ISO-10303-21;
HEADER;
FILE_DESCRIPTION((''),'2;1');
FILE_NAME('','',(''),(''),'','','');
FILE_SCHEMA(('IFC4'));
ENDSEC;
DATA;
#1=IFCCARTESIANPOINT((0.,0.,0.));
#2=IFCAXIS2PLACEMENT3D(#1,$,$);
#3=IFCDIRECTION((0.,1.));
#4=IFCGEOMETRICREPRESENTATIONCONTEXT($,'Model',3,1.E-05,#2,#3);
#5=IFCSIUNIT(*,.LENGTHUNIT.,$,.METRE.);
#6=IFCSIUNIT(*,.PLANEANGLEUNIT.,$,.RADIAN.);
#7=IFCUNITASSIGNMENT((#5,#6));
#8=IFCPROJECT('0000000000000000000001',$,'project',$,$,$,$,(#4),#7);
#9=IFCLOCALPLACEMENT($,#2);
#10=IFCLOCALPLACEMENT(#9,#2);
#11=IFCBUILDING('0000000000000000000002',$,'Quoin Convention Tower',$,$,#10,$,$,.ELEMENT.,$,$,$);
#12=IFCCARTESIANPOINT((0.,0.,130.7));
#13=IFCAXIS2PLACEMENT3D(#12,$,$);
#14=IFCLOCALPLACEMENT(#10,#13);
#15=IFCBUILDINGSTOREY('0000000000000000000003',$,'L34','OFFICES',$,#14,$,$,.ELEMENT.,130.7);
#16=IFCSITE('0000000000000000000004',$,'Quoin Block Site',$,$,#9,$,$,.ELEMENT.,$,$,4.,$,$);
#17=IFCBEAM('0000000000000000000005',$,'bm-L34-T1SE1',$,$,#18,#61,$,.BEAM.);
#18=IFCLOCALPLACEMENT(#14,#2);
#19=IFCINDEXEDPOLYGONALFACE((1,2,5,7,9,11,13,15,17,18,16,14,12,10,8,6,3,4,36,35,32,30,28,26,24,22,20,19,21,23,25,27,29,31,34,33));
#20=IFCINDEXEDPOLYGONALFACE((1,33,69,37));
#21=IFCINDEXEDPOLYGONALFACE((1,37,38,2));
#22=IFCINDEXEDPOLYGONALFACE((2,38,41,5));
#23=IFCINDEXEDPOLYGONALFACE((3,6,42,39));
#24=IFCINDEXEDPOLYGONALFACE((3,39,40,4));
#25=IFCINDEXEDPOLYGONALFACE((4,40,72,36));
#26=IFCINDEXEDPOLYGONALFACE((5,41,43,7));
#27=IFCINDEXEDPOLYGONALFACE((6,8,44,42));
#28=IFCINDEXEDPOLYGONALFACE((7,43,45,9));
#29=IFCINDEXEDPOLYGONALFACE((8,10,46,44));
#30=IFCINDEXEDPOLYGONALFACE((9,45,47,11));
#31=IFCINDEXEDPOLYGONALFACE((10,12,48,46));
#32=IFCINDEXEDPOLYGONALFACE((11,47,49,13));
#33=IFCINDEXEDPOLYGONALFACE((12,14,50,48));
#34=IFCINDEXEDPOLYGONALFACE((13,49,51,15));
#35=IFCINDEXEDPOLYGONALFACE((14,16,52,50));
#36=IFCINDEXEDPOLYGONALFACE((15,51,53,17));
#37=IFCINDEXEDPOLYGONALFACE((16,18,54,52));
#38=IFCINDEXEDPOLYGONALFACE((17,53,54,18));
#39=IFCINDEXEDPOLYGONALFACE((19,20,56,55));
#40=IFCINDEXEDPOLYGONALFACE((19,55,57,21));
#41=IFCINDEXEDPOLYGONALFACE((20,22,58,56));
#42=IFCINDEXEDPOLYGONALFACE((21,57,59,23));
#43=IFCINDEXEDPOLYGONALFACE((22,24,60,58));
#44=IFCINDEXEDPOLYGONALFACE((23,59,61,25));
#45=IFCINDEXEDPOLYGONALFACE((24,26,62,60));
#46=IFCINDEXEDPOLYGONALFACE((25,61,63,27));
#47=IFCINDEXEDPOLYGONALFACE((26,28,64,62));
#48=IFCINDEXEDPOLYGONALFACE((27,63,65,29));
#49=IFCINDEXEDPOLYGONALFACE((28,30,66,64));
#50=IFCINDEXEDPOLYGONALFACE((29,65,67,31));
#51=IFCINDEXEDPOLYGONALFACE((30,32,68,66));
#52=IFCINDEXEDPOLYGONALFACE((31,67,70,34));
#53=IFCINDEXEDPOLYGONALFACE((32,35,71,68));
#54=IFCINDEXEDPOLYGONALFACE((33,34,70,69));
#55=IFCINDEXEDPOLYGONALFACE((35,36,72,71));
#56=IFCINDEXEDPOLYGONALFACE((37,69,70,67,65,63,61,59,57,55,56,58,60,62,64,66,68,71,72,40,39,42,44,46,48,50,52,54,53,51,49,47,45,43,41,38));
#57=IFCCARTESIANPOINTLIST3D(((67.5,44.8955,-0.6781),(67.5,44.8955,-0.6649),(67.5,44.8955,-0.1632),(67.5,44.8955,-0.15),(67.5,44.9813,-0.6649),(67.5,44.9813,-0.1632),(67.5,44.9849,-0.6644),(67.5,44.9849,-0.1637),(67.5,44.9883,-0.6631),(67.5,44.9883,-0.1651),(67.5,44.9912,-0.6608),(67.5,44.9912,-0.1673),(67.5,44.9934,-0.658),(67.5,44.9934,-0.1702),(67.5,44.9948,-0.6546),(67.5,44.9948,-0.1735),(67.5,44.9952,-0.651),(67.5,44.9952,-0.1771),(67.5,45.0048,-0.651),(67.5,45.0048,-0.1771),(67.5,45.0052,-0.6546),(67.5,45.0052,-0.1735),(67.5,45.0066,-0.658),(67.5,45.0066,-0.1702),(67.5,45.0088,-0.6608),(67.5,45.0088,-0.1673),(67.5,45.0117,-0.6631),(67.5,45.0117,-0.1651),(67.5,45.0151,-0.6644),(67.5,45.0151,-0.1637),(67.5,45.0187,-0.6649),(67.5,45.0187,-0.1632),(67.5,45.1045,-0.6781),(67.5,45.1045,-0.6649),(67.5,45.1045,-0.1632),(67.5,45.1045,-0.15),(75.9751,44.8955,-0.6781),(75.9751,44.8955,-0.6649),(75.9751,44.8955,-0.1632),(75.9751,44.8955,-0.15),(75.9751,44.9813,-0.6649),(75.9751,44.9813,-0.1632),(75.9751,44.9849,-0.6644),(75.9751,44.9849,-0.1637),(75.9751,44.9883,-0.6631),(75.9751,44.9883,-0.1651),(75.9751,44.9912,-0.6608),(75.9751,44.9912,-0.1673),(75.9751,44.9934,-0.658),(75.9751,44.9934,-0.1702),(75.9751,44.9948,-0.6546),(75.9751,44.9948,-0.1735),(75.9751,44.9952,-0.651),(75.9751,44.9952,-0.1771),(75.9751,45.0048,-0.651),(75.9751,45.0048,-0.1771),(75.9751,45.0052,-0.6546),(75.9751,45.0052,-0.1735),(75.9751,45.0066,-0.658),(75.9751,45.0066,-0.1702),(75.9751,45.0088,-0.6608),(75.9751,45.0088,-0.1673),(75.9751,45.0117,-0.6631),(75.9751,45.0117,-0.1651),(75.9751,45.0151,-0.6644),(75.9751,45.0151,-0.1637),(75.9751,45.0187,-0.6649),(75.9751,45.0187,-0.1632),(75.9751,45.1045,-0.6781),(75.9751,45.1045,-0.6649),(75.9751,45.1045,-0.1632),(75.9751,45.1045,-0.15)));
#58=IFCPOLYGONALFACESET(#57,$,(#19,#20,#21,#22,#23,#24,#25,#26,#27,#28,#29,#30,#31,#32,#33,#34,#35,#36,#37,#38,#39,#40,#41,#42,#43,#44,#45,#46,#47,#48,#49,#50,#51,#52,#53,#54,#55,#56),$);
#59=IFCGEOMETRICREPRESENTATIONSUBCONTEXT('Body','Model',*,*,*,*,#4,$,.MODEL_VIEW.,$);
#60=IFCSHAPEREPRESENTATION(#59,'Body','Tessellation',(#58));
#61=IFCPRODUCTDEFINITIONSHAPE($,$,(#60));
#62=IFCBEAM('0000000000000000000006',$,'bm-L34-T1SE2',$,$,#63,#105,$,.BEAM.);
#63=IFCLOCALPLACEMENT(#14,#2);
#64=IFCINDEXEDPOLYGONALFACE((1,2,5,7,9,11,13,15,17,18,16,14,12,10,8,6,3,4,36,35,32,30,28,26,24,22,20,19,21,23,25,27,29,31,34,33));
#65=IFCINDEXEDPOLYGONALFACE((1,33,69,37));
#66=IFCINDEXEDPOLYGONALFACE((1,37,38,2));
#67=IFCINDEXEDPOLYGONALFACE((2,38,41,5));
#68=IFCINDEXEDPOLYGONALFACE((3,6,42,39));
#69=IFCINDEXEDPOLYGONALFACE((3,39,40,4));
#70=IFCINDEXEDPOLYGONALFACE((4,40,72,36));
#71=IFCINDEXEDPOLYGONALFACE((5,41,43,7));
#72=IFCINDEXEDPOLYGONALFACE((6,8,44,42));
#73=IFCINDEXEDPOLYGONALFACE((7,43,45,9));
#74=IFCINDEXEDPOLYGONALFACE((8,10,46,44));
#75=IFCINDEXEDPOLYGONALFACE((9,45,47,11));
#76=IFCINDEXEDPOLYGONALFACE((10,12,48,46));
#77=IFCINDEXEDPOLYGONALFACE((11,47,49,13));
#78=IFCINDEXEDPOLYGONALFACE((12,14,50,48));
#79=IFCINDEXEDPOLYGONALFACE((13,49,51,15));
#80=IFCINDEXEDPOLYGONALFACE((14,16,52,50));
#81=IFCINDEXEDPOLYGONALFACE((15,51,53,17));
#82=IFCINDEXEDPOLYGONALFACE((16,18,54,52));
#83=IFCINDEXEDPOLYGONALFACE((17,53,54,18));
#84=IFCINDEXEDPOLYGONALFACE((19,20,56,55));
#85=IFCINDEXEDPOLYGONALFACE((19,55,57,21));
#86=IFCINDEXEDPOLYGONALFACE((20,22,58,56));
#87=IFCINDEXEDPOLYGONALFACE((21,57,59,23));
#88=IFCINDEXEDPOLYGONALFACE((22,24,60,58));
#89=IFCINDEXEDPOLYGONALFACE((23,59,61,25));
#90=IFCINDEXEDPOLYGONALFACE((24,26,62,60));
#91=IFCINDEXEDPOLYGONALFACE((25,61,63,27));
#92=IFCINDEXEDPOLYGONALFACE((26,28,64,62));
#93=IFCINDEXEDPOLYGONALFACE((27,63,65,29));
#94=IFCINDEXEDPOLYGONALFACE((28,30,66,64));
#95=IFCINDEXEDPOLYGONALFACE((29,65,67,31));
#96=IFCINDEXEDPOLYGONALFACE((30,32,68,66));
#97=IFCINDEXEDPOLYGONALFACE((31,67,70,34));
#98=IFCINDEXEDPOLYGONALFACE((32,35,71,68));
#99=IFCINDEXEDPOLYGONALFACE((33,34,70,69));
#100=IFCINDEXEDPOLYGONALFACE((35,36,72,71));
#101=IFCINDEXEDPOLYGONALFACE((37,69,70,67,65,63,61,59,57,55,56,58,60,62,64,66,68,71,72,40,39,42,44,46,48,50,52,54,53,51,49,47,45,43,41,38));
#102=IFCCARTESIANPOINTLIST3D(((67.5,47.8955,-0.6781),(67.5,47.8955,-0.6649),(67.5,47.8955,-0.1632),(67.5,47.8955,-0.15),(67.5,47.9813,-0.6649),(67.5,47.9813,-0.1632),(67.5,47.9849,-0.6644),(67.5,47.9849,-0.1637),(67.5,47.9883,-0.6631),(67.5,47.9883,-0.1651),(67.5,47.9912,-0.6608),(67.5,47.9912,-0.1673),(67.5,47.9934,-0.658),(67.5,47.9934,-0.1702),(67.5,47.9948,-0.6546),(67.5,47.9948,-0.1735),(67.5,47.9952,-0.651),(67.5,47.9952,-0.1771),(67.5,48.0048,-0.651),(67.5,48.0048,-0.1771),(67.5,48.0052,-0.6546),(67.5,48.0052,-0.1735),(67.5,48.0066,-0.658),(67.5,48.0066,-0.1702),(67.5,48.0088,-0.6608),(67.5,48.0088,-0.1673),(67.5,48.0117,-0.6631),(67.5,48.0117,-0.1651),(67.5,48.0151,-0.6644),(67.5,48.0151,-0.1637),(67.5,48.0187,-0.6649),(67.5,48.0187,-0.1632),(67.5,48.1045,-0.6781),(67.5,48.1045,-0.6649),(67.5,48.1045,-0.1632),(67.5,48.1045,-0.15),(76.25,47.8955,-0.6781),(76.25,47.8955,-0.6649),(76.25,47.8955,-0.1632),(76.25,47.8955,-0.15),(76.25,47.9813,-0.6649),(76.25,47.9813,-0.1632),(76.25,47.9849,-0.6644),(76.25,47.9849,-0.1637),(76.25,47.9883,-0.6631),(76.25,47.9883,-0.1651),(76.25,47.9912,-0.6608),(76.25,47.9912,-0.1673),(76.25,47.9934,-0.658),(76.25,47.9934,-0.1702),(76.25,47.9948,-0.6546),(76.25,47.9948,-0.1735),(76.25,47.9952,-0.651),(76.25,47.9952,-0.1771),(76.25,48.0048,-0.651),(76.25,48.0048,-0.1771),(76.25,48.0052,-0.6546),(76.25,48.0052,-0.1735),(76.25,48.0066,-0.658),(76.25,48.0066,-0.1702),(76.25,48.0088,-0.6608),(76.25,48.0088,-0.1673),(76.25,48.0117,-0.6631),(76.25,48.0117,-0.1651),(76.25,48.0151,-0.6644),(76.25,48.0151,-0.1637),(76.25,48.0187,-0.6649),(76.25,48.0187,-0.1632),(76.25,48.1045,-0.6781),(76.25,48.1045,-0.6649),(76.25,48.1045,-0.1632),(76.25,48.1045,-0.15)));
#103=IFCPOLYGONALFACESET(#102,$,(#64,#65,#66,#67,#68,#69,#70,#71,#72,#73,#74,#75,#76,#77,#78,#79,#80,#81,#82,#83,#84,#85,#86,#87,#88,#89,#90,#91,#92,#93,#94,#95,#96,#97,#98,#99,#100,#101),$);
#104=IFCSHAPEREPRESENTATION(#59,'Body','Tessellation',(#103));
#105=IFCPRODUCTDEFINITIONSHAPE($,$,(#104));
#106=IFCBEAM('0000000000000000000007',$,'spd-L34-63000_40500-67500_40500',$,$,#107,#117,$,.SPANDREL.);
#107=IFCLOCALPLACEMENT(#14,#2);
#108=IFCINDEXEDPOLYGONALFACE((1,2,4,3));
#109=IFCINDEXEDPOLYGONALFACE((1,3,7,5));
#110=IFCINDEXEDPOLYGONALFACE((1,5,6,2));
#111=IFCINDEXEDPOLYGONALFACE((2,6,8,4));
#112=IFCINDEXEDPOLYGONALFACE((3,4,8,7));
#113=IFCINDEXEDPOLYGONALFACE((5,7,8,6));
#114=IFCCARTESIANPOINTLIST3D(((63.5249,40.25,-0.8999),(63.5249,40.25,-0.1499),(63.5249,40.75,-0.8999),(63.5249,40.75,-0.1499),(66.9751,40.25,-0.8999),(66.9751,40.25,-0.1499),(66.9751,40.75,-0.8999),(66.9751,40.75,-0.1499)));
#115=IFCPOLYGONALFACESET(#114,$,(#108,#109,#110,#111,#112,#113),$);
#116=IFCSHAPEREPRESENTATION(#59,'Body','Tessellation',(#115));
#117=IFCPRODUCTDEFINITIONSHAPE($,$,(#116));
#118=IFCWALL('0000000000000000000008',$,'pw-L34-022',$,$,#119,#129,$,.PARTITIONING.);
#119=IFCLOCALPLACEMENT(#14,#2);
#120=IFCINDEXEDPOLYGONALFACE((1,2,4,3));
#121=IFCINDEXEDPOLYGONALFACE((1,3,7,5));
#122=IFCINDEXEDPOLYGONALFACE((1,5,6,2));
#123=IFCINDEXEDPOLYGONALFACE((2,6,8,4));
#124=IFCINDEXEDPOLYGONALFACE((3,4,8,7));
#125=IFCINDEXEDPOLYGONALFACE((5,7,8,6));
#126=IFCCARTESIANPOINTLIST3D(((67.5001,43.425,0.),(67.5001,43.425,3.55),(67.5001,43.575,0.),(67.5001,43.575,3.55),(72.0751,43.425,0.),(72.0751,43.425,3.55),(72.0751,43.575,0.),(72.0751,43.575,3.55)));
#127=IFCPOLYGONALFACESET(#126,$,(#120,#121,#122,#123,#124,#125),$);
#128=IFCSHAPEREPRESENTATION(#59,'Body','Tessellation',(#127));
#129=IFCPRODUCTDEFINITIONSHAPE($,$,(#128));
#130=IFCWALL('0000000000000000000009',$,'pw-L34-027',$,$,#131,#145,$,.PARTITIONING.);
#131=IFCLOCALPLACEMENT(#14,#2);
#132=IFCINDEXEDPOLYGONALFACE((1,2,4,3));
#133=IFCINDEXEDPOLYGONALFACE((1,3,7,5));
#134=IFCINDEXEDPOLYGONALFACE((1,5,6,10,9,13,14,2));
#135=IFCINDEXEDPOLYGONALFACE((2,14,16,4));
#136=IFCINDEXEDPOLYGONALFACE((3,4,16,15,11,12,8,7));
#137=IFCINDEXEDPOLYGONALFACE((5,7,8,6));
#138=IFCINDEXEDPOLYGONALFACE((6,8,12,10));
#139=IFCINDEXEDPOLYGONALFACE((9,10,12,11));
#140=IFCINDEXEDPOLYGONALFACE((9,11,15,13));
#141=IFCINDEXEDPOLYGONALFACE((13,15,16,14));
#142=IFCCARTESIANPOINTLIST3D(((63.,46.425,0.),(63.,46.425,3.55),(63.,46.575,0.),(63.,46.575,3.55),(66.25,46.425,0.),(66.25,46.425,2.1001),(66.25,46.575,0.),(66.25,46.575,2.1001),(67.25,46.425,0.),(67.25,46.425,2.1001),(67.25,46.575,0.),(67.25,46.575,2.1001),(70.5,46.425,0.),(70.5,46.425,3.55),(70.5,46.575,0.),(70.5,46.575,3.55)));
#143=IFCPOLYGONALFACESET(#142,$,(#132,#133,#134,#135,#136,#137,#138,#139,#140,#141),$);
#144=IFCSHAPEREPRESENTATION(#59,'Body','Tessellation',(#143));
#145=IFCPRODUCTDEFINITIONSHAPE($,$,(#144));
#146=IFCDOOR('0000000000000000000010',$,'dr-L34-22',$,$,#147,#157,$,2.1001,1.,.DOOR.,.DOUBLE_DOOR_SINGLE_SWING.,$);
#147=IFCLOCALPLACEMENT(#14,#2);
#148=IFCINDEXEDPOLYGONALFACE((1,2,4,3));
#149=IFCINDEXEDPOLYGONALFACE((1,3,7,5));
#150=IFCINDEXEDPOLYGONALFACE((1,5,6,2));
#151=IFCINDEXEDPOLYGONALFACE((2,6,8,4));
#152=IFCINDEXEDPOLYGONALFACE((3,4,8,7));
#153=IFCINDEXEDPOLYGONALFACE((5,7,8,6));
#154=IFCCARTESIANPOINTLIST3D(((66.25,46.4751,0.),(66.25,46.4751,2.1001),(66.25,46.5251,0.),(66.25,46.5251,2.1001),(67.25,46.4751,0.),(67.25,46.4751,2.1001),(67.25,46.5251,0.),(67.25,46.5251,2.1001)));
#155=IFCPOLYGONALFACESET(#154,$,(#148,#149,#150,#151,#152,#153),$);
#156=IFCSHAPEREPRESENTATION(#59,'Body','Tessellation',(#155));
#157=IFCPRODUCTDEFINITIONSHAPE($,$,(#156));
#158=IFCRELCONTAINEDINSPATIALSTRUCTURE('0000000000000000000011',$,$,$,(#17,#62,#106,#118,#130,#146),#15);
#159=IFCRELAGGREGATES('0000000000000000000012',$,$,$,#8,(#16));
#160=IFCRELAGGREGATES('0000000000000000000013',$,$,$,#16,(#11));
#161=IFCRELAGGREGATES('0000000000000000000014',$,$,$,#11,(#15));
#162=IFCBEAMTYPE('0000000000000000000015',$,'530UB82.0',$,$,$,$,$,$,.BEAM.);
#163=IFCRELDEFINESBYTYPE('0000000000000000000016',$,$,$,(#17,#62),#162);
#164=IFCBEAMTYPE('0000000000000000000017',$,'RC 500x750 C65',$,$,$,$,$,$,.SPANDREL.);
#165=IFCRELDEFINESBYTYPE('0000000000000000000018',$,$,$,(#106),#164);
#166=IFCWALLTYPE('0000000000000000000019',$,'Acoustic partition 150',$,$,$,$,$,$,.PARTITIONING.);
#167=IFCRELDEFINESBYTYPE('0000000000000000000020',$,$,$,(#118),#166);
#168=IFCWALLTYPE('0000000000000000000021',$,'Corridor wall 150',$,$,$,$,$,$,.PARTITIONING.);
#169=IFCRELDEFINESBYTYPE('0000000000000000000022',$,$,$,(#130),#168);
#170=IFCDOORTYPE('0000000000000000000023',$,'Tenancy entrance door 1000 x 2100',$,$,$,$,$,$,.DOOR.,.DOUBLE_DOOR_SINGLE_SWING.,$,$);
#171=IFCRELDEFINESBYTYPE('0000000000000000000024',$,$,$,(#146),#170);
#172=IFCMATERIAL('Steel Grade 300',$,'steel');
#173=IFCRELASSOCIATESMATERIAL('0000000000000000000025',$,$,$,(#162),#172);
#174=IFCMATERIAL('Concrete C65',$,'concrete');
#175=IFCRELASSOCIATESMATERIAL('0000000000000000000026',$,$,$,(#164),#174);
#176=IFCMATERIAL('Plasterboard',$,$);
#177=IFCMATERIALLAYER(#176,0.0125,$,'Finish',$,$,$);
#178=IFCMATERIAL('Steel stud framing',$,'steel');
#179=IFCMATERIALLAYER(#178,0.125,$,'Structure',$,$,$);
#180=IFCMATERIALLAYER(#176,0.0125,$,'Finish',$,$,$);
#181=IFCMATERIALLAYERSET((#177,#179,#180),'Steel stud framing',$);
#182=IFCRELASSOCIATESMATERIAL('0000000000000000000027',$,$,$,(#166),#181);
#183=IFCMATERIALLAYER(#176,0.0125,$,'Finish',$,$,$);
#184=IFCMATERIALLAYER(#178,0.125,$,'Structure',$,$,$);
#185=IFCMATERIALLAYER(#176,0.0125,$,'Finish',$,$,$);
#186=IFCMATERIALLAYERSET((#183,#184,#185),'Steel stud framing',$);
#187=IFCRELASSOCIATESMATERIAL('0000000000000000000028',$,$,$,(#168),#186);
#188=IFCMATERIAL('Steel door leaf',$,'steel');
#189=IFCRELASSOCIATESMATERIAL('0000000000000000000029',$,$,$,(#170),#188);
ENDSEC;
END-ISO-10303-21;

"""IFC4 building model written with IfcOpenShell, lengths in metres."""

from ifc_helpers import new_model, si_unit, direction, frame, frame_2d, origin, origin_2d, place, context, subcontext, project, spatial, rectangle, i_section, extrude, material, layer, layer_set, material_profile, profile_set, type_object, element, fill, save


model = new_model("IFC4")

# Units and contexts
model_context = context("Model", 3, precision=1e-05, world=origin(), true_north=direction((0.0, 1.0)))
body_context = subcontext(model_context, "Body", "Model", "MODEL_VIEW")
ifc_project = project(units=[si_unit("LENGTHUNIT", "METRE"), si_unit("PLANEANGLEUNIT", "RADIAN")], contexts=[model_context])

# Site, building, storey
site_placement = place(None, origin())
site = spatial("IfcSite", under=ifc_project, at=site_placement, Name="Quoin Block Site", CompositionType="ELEMENT", RefElevation=4.0)
building_placement = place(site_placement, origin())
building = spatial("IfcBuilding", under=site, at=building_placement, Name="Quoin Convention Tower", CompositionType="ELEMENT")
storey_placement = place(building_placement, frame((0.0, 0.0, 130.7)))
storey = spatial("IfcBuildingStorey", under=building, at=storey_placement, Name="L34", Description="OFFICES", CompositionType="ELEMENT", Elevation=130.7)

# Shared definitions
ifc_material_1 = material(Name="Concrete C65", Category="concrete")

# Beams
ifc_material_2 = material(Name="Steel Grade 300", Category="steel")
ifc_material_profile_1 = material_profile(ifc_material_2, i_section(OverallWidth=0.209, OverallDepth=0.5281, WebThickness=0.0095, FlangeThickness=0.0132, FilletRadius=0.0139, at=origin_2d()), Name="530UB82.0")
ifc_profile_set_1 = profile_set([ifc_material_profile_1], Name="Steel Grade 300")
beam_type_1 = type_object("IfcBeamType", Name="530UB82.0", PredefinedType="BEAM", material=ifc_profile_set_1)
beam_1_placement = place(storey_placement, frame((67.5, 45.0, -0.4141), z_axis=(1.0, 0.0, 0.0), x_axis=(0.0, 1.0, 0.0)))
element("IfcBeam", 1, at=beam_1_placement, inside=storey, type_object=beam_type_1, Name="bm-L34-T1SE1", PredefinedType="BEAM", context=body_context, shape_type="SweptSolid", body=[
    extrude(i_section(OverallWidth=0.209, OverallDepth=0.5281, WebThickness=0.0095, FlangeThickness=0.0132, FilletRadius=0.0139, at=origin_2d()), origin(), (0.0, 0.0, 1.0), 8.4751),
])
beam_2_placement = place(storey_placement, frame((67.5, 48.0, -0.4141), z_axis=(1.0, 0.0, 0.0), x_axis=(0.0, 1.0, 0.0)))
element("IfcBeam", 2, at=beam_2_placement, inside=storey, type_object=beam_type_1, Name="bm-L34-T1SE2", PredefinedType="BEAM", context=body_context, shape_type="SweptSolid", body=[
    extrude(i_section(OverallWidth=0.209, OverallDepth=0.5281, WebThickness=0.0095, FlangeThickness=0.0132, FilletRadius=0.0139, at=origin_2d()), origin(), (0.0, 0.0, 1.0), 8.75),
])
ifc_material_profile_2 = material_profile(ifc_material_1, rectangle(XDim=0.5, YDim=0.75, at=origin_2d()), Name="RC 500x750")
ifc_profile_set_2 = profile_set([ifc_material_profile_2], Name="Concrete C65")
beam_type_2 = type_object("IfcBeamType", Name="RC 500x750 C65", PredefinedType="SPANDREL", material=ifc_profile_set_2)
beam_3_placement = place(storey_placement, frame((63.5249, 40.5, -0.5249), z_axis=(1.0, 0.0, 0.0), x_axis=(0.0, 1.0, 0.0)))
element("IfcBeam", 3, at=beam_3_placement, inside=storey, type_object=beam_type_2, Name="spd-L34-63000_40500-67500_40500", PredefinedType="SPANDREL", context=body_context, shape_type="SweptSolid", body=[
    extrude(rectangle(XDim=0.5, YDim=0.75, at=origin_2d()), origin(), (0.0, 0.0, 1.0), 3.4502),
])

# Wall
ifc_material_3 = material(Name="Plasterboard")
ifc_layer_1 = layer(ifc_material_3, 0.0125, Name="Finish")
ifc_material_4 = material(Name="Steel stud framing", Category="steel")
ifc_layer_2 = layer(ifc_material_4, 0.125, Name="Structure")
ifc_layer_3 = layer(ifc_material_3, 0.0125, Name="Finish")
ifc_layer_set_1 = layer_set([ifc_layer_1, ifc_layer_2, ifc_layer_3], Name="Steel stud framing")
wall_type_1 = type_object("IfcWallType", Name="Acoustic partition 150", PredefinedType="PARTITIONING", material=ifc_layer_set_1)
wall_1_placement = place(storey_placement, frame((67.5, 43.5, 0.0), z_axis=(0.0, 0.0, 1.0), x_axis=(1.0, 0.0, 0.0)))
element("IfcWall", 4, at=wall_1_placement, inside=storey, type_object=wall_type_1, Name="pw-L34-022", PredefinedType="PARTITIONING", context=body_context, shape_type="SweptSolid", body=[
    extrude(rectangle(XDim=4.575, YDim=0.1499, at=frame_2d((2.2876, 0.0))), origin(), (0.0, 0.0, 1.0), 3.55),
])

# Wall, opening, door
ifc_layer_4 = layer(ifc_material_3, 0.0125, Name="Finish")
ifc_layer_5 = layer(ifc_material_4, 0.125, Name="Structure")
ifc_layer_6 = layer(ifc_material_3, 0.0125, Name="Finish")
ifc_layer_set_2 = layer_set([ifc_layer_4, ifc_layer_5, ifc_layer_6], Name="Steel stud framing")
wall_type_2 = type_object("IfcWallType", Name="Corridor wall 150", PredefinedType="PARTITIONING", material=ifc_layer_set_2)
wall_2_placement = place(storey_placement, frame((63.0, 46.5, 0.0), z_axis=(0.0, 0.0, 1.0), x_axis=(1.0, 0.0, 0.0)))
wall_2 = element("IfcWall", 5, at=wall_2_placement, inside=storey, type_object=wall_type_2, Name="pw-L34-027", PredefinedType="PARTITIONING", context=body_context, shape_type="SweptSolid", body=[
    extrude(rectangle(XDim=7.5, YDim=0.1499, at=frame_2d((3.75, 0.0))), origin(), (0.0, 0.0, 1.0), 3.55),
])
opening_1_placement = place(wall_2_placement, frame((3.25, 0.0, 0.0)))
opening_1 = element("IfcOpeningElement", 6, at=opening_1_placement, cuts=wall_2, PredefinedType="OPENING", context=body_context, shape_type="SweptSolid", body=[
    extrude(rectangle(XDim=1.0, YDim=2.1001, at=frame_2d((0.5, 1.05))), frame((0.0, 0.085, 0.0), z_axis=(0.0, -1.0, 0.0), x_axis=(1.0, 0.0, 0.0)), (0.0, 0.0, 1.0), 0.1699),
])
ifc_material_5 = material(Name="Steel door leaf", Category="steel")
door_type_1 = type_object("IfcDoorType", Name="Tenancy entrance door 1000 x 2100", OperationType="DOUBLE_DOOR_SINGLE_SWING", PredefinedType="DOOR", material=ifc_material_5)
door_1_placement = place(opening_1_placement, frame((1.0, 0.0, 0.0), z_axis=(0.0, 0.0, 1.0), x_axis=(-1.0, 0.0, 0.0)))
door_1 = element("IfcDoor", 7, at=door_1_placement, inside=storey, type_object=door_type_1, Name="dr-L34-22", OperationType="DOUBLE_DOOR_SINGLE_SWING", OverallHeight=2.1001, OverallWidth=1.0, PredefinedType="DOOR", context=body_context, shape_type="SweptSolid", body=[
    extrude(rectangle(XDim=1.0, YDim=2.1001, at=frame_2d((0.5, 1.05))), frame((0.0, 0.0249, 0.0), z_axis=(0.0, -1.0, 0.0), x_axis=(1.0, 0.0, 0.0)), (0.0, 0.0, 1.0), 0.05),
])
fill(opening_1, door_1)

save(model, "model.ifc")
